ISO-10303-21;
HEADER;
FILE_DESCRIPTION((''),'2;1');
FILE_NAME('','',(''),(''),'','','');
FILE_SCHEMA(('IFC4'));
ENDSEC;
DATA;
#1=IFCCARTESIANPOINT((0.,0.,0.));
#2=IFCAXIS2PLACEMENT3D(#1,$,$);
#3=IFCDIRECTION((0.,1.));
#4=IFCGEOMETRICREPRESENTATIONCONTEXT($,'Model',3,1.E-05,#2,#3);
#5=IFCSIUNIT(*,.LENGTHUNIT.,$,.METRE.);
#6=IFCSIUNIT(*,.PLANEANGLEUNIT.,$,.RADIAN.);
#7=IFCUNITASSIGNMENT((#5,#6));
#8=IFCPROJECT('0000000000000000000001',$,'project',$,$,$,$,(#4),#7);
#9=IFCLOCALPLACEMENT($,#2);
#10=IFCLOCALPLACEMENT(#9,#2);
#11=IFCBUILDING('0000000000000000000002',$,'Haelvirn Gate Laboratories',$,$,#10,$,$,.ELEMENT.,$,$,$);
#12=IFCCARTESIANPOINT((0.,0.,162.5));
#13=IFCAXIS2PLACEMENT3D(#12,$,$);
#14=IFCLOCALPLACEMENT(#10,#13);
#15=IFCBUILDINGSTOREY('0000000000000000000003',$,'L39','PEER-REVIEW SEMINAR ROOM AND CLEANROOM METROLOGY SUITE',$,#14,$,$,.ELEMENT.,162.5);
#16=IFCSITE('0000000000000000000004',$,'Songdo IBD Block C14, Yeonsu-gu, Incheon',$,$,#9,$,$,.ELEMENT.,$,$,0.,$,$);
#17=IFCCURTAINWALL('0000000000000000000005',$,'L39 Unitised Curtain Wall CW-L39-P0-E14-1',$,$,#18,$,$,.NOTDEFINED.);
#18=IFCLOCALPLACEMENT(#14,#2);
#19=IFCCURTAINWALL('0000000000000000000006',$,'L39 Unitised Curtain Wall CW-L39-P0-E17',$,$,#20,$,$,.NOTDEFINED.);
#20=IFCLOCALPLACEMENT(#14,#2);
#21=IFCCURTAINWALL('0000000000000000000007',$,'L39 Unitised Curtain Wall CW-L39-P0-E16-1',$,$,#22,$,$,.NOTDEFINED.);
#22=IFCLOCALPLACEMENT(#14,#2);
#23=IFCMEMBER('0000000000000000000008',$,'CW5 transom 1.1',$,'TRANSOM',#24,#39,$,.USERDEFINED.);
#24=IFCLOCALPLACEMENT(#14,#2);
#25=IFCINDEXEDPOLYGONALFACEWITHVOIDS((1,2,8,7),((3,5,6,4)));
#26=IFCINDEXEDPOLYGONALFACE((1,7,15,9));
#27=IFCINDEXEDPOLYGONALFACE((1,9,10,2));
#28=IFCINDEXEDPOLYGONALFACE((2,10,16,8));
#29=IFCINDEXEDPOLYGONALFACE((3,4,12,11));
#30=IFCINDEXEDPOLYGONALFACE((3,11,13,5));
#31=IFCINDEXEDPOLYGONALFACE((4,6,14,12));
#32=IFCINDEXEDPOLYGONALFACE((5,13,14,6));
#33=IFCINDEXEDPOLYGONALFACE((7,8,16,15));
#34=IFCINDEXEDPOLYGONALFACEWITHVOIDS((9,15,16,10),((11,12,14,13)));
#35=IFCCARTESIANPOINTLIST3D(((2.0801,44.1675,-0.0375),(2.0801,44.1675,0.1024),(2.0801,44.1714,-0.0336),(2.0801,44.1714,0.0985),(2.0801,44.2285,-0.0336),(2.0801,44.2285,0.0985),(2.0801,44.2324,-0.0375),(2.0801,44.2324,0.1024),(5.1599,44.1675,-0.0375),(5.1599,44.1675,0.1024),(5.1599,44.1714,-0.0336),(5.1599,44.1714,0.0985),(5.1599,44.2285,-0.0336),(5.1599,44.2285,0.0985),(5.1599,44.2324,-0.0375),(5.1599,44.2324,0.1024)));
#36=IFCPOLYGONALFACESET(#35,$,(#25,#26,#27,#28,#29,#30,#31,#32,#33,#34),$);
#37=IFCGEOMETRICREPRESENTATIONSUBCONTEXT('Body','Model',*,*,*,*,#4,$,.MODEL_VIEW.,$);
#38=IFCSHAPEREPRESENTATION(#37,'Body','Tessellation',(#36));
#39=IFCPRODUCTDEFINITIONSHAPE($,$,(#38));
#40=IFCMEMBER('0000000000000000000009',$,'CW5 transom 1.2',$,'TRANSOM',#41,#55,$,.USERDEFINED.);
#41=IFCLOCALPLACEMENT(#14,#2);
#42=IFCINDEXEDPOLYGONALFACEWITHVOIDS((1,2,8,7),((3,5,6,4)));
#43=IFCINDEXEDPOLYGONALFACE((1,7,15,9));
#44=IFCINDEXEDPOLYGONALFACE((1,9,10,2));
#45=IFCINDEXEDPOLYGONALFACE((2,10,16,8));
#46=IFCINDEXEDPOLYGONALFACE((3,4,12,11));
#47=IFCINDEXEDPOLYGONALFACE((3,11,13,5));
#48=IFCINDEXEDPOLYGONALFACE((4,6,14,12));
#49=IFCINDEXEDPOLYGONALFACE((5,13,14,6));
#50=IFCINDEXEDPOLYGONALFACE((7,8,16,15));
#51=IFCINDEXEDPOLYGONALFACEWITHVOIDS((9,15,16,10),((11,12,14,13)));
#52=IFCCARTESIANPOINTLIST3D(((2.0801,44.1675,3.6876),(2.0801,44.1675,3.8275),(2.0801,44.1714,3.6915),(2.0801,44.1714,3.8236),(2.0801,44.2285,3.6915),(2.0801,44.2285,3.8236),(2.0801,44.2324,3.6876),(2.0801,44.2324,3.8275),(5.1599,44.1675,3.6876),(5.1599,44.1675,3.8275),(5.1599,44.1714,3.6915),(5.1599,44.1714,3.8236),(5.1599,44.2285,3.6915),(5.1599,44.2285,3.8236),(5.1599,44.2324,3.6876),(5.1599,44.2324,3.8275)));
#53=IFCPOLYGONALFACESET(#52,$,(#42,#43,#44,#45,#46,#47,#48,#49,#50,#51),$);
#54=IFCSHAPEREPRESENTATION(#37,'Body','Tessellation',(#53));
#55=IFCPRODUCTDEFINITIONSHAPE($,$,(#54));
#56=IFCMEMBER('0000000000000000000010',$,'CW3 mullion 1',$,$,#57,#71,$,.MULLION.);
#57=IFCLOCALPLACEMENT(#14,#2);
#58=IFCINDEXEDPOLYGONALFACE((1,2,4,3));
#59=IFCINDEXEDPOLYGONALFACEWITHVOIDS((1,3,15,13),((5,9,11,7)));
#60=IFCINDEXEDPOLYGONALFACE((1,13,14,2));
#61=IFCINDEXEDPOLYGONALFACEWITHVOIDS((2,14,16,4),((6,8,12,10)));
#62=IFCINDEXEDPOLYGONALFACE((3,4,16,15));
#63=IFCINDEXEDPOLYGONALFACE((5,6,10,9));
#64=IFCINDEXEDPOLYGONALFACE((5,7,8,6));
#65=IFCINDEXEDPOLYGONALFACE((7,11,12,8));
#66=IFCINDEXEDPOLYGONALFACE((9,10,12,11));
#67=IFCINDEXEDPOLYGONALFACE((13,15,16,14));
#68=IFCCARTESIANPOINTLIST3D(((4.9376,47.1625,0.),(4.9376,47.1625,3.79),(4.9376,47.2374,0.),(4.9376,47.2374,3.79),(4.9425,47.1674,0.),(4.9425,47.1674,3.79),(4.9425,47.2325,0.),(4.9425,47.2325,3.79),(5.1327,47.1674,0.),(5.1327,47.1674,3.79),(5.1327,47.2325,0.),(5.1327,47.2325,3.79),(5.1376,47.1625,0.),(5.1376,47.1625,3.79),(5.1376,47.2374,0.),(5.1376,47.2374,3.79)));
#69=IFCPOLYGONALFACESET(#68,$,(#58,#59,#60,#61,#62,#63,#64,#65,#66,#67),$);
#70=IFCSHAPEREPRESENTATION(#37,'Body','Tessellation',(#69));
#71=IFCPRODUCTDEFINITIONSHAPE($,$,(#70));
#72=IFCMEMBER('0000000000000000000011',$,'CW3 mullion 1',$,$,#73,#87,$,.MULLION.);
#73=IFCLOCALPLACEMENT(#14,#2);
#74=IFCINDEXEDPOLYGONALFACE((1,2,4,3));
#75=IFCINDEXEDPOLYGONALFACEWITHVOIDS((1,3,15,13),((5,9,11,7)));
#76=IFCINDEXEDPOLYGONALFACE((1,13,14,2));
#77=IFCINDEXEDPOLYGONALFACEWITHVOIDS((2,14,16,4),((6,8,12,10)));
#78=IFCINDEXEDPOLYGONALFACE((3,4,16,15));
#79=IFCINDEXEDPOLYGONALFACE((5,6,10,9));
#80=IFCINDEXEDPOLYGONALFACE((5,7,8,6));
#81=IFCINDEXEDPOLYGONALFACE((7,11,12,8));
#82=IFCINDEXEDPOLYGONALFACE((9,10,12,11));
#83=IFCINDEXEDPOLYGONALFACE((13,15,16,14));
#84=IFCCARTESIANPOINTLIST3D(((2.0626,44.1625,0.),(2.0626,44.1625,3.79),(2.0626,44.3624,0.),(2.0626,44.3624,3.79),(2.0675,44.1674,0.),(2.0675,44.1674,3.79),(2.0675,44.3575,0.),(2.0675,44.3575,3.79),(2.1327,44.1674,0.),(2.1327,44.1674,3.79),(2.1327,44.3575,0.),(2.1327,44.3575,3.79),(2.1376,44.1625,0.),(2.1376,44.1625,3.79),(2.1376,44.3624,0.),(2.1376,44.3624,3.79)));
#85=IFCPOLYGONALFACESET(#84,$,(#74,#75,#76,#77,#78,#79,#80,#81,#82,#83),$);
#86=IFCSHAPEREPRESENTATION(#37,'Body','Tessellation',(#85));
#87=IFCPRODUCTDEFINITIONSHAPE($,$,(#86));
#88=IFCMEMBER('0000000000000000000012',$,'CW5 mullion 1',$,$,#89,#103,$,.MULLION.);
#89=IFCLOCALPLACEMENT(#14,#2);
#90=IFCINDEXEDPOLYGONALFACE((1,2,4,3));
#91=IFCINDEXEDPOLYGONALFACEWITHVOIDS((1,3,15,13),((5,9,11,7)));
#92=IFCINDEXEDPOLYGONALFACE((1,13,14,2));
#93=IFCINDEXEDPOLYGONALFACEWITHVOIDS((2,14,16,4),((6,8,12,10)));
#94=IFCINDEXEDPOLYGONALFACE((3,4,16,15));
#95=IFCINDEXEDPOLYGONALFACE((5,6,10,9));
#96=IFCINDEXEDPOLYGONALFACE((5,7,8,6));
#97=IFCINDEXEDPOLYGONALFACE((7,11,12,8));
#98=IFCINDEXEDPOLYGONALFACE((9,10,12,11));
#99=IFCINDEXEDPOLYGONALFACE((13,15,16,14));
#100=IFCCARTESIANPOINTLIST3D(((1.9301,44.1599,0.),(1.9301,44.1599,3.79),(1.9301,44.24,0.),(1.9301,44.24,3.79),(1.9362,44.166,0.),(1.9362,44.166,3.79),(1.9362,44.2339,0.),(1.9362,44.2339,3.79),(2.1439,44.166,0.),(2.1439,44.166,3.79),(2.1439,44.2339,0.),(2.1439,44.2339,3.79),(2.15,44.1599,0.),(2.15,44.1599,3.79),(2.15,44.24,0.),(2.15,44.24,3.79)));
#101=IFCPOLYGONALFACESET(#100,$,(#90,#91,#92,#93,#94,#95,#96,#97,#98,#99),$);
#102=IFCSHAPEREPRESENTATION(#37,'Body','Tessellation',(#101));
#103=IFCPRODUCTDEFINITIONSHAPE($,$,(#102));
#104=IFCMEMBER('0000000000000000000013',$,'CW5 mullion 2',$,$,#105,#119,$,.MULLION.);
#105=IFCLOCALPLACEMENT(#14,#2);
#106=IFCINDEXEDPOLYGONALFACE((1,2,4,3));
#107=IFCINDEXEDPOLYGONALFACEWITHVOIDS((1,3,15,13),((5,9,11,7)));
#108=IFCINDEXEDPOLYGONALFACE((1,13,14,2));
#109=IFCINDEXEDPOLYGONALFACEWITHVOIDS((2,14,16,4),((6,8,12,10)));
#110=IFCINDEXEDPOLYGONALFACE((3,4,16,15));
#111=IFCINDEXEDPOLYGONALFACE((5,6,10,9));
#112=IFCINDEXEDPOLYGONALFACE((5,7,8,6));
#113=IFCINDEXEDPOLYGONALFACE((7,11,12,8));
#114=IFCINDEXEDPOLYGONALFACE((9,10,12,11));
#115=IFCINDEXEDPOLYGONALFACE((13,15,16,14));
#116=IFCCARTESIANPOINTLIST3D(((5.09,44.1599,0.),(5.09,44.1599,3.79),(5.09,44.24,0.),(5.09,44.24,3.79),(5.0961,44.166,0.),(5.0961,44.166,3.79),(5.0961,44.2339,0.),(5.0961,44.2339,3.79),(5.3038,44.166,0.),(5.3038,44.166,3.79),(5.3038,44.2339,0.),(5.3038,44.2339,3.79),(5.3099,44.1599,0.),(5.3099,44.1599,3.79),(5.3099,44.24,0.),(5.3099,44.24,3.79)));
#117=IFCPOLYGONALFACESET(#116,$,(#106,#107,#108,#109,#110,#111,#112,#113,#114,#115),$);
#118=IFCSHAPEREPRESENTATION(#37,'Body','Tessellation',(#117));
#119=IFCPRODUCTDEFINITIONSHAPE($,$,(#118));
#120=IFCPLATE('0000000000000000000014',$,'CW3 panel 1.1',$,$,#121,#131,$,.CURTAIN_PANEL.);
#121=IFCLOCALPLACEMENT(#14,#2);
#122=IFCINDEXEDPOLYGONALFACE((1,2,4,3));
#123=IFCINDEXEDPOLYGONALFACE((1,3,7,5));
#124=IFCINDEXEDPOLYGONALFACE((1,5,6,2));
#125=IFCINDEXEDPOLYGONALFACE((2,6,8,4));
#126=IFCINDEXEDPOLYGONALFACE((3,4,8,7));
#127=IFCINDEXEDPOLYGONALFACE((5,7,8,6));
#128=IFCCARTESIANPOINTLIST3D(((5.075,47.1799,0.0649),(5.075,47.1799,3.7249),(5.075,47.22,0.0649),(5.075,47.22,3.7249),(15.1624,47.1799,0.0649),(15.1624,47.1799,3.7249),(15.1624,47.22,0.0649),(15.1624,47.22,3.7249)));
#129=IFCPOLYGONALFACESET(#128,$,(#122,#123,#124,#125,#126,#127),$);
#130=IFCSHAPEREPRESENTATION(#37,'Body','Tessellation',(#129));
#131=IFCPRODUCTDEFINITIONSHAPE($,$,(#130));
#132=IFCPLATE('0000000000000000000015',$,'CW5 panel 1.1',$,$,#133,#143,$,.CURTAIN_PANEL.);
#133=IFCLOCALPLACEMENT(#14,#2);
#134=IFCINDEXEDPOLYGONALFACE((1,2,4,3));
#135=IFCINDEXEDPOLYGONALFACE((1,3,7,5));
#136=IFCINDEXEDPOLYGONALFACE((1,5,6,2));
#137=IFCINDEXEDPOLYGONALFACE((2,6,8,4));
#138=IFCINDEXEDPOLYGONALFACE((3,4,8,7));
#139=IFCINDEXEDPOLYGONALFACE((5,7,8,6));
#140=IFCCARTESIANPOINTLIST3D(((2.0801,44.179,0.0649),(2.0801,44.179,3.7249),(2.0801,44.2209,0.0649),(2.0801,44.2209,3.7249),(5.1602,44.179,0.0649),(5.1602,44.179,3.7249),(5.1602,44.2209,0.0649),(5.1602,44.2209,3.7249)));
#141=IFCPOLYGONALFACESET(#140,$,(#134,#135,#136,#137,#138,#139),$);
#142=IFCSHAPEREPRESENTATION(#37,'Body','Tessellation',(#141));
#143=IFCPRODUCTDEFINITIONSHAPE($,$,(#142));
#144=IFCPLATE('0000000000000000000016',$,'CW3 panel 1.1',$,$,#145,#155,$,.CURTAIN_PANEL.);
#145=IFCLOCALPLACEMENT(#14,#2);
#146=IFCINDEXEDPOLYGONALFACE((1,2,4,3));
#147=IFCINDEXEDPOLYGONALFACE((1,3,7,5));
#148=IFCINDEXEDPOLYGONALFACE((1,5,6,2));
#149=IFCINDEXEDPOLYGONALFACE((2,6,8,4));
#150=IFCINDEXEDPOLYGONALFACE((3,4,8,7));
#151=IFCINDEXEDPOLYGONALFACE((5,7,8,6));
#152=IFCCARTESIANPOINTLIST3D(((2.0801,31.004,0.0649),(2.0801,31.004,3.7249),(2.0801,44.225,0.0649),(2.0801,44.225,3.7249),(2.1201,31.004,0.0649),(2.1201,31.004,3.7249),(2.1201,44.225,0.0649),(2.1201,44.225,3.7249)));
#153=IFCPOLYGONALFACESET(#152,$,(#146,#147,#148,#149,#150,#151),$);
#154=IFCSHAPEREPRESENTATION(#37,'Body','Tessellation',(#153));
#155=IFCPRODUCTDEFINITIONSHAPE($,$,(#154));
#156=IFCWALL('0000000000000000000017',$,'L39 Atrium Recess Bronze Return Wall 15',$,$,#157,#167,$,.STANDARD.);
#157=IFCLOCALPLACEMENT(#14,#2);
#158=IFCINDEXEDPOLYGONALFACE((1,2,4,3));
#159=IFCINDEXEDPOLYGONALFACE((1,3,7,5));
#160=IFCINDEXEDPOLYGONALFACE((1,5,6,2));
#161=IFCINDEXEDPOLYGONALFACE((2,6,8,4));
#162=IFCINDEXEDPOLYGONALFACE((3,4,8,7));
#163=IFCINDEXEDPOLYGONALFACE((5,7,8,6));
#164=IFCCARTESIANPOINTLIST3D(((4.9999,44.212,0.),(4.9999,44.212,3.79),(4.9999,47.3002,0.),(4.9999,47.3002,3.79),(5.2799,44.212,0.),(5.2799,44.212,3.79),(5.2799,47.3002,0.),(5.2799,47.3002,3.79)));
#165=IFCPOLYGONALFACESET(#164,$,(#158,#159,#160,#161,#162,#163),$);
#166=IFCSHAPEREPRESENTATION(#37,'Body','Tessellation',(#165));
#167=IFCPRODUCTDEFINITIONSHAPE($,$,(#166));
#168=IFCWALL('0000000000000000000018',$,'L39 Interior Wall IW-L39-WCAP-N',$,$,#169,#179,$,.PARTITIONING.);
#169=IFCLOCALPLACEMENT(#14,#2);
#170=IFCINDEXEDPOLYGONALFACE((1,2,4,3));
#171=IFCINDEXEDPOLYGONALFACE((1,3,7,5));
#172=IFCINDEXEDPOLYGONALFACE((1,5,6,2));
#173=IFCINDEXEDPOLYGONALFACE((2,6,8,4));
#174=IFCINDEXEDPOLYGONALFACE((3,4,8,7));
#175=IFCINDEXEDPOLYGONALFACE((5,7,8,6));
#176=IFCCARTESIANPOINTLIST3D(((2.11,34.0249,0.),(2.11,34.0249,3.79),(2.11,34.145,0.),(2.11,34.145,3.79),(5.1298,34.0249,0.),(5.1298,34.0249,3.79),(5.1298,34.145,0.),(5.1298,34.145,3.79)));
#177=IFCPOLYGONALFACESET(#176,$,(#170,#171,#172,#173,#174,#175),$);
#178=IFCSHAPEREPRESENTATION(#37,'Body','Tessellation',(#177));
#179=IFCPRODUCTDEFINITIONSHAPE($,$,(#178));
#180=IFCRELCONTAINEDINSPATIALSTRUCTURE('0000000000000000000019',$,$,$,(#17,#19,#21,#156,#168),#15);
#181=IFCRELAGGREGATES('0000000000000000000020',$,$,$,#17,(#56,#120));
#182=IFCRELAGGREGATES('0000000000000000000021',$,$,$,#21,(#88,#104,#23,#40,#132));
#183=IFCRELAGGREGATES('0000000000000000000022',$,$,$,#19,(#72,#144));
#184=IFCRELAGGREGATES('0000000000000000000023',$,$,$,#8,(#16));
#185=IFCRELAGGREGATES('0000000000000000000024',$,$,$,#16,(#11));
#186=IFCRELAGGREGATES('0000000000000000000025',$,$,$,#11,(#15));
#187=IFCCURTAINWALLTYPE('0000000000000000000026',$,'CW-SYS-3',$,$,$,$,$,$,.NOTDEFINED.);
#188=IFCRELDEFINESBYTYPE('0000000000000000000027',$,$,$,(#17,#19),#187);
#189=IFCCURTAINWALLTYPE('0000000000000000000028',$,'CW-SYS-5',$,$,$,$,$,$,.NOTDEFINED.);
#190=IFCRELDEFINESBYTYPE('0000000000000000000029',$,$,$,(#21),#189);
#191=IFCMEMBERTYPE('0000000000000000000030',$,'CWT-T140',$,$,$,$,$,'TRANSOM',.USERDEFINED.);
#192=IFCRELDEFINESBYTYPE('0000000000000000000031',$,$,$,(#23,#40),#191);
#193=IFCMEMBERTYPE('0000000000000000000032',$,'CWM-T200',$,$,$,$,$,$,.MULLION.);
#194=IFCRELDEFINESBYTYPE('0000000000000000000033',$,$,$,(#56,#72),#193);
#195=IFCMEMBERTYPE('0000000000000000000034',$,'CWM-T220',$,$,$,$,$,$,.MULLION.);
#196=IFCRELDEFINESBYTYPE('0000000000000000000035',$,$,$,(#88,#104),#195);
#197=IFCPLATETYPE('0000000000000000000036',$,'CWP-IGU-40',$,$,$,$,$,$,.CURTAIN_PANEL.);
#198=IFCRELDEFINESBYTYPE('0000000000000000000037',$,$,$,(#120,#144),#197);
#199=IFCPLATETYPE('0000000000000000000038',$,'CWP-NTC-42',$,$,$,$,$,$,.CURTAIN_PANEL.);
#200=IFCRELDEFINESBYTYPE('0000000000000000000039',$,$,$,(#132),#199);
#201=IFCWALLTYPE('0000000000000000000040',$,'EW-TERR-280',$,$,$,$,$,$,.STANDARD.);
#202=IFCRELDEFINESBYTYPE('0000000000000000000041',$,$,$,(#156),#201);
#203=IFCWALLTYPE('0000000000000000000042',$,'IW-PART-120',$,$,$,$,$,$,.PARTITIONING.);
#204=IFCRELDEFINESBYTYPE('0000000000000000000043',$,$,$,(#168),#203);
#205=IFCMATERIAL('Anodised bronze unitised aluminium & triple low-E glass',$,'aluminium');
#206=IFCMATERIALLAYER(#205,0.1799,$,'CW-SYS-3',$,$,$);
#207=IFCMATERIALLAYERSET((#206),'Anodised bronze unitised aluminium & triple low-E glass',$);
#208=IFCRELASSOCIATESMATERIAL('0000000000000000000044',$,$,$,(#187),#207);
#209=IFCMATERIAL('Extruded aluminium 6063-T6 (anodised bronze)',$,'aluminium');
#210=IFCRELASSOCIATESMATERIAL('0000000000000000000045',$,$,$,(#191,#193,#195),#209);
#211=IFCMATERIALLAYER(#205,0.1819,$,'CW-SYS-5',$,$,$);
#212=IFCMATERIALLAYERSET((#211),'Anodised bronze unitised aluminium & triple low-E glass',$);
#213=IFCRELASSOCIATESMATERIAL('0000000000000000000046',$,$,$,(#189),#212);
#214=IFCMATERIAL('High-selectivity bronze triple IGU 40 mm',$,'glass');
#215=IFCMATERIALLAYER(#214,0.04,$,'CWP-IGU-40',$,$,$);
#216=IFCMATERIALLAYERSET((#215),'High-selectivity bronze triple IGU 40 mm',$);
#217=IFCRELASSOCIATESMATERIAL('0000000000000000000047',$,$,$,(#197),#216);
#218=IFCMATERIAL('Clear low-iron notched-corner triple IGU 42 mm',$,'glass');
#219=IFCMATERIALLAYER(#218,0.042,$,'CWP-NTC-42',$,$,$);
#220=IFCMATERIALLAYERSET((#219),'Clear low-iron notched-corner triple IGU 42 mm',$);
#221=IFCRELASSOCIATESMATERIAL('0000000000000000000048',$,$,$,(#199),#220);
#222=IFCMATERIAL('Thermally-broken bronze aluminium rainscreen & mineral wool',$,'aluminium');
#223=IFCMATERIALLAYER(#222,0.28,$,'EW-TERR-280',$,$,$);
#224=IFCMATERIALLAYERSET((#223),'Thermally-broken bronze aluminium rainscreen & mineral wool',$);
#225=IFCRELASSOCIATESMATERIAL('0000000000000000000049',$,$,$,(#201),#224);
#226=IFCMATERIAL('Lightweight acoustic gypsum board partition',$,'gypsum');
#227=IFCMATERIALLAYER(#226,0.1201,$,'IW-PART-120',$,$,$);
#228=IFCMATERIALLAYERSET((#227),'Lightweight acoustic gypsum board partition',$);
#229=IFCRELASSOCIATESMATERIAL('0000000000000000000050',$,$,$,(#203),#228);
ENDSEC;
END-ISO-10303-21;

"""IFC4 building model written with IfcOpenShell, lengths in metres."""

from ifc_helpers import new_model, si_unit, direction, frame, frame_2d, origin, origin_2d, place, context, subcontext, project, spatial, rectangle, hollow_rectangle, extrude, source, transform, mapped, material, layer, layer_set, material_profile, profile_set, type_object, type_shapes, element, aggregate, save


model = new_model("IFC4")

# Units and contexts
model_context = context("Model", 3, precision=1e-05, world=origin(), true_north=direction((0.0, 1.0)))
body_context = subcontext(model_context, "Body", "Model", "MODEL_VIEW")
ifc_project = project(units=[si_unit("LENGTHUNIT", "METRE"), si_unit("PLANEANGLEUNIT", "RADIAN")], contexts=[model_context])

# Site, building, storey
site_placement = place(None, origin())
site = spatial("IfcSite", under=ifc_project, at=site_placement, Name="Songdo IBD Block C14, Yeonsu-gu, Incheon", CompositionType="ELEMENT", RefElevation=0.0)
building_placement = place(site_placement, origin())
building = spatial("IfcBuilding", under=site, at=building_placement, Name="Haelvirn Gate Laboratories", CompositionType="ELEMENT")
storey_placement = place(building_placement, frame((0.0, 0.0, 162.5)))
storey = spatial("IfcBuildingStorey", under=building, at=storey_placement, Name="L39", Description="PEER-REVIEW SEMINAR ROOM AND CLEANROOM METROLOGY SUITE", CompositionType="ELEMENT", Elevation=162.5)

# Curtain walls, members
ifc_material_1 = material(Name="Anodised bronze unitised aluminium & triple low-E glass", Category="aluminium")
ifc_layer_1 = layer(ifc_material_1, 0.1799, Name="CW-SYS-3")
ifc_layer_set_1 = layer_set([ifc_layer_1], Name="Anodised bronze unitised aluminium & triple low-E glass")
curtain_wall_type_1 = type_object("IfcCurtainWallType", Name="CW-SYS-3", PredefinedType="NOTDEFINED", material=ifc_layer_set_1)
curtain_wall_1_placement = place(storey_placement, origin())
curtain_wall_1 = element("IfcCurtainWall", 1, at=curtain_wall_1_placement, inside=storey, type_object=curtain_wall_type_1, Name="L39 Unitised Curtain Wall CW-L39-P0-E14-1", PredefinedType="NOTDEFINED")
ifc_material_2 = material(Name="Extruded aluminium 6063-T6 (anodised bronze)", Category="aluminium")
ifc_material_profile_1 = material_profile(ifc_material_2, hollow_rectangle(XDim=0.0649, YDim=0.1399, WallThickness=0.0039, at=origin_2d()), Name="CWT-140x65x4")
ifc_profile_set_1 = profile_set([ifc_material_profile_1], Name="Extruded aluminium 6063-T6 (anodised bronze)")
member_type_1 = type_object("IfcMemberType", Name="CWT-T140", ElementType="TRANSOM", PredefinedType="USERDEFINED", material=ifc_profile_set_1)
curtain_wall_2_placement = place(storey_placement, origin())
curtain_wall_2 = element("IfcCurtainWall", 2, at=curtain_wall_2_placement, inside=storey, type_object=curtain_wall_type_1, Name="L39 Unitised Curtain Wall CW-L39-P0-E17", PredefinedType="NOTDEFINED")
ifc_layer_2 = layer(ifc_material_1, 0.1819, Name="CW-SYS-5")
ifc_layer_set_2 = layer_set([ifc_layer_2], Name="Anodised bronze unitised aluminium & triple low-E glass")
curtain_wall_type_2 = type_object("IfcCurtainWallType", Name="CW-SYS-5", PredefinedType="NOTDEFINED", material=ifc_layer_set_2)
curtain_wall_3_placement = place(storey_placement, origin())
curtain_wall_3 = element("IfcCurtainWall", 3, at=curtain_wall_3_placement, inside=storey, type_object=curtain_wall_type_2, Name="L39 Unitised Curtain Wall CW-L39-P0-E16-1", PredefinedType="NOTDEFINED")
shared_shape_1 = source(origin(), body_context, "Body", "SweptSolid", [
    extrude(hollow_rectangle(XDim=0.0649, YDim=0.1399, WallThickness=0.0039, at=origin_2d()), origin(), (0.0, 0.0, 1.0), 3.0798),
])
member_1_placement = place(storey_placement, frame((2.0801, 44.2, 0.0325), z_axis=(1.0, 0.0, 0.0), x_axis=(0.0, 1.0, 0.0)))
member_1 = element("IfcMember", 4, at=member_1_placement, type_object=member_type_1, Name="CW5 transom 1.1", ObjectType="TRANSOM", PredefinedType="USERDEFINED", context=body_context, shape_type="MappedRepresentation", body=[
    mapped(shared_shape_1, transform((0.0, 0.0, 0.0), scale=1.0)),
])
member_2_placement = place(storey_placement, frame((2.0801, 44.2, 3.7576), z_axis=(1.0, 0.0, 0.0), x_axis=(0.0, 1.0, 0.0)))
member_2 = element("IfcMember", 5, at=member_2_placement, type_object=member_type_1, Name="CW5 transom 1.2", ObjectType="TRANSOM", PredefinedType="USERDEFINED", context=body_context, shape_type="MappedRepresentation", body=[
    mapped(shared_shape_1, transform((0.0, 0.0, 0.0), scale=1.0)),
])

# Members
ifc_material_profile_2 = material_profile(ifc_material_2, hollow_rectangle(XDim=0.075, YDim=0.2, WallThickness=0.0049, at=origin_2d()), Name="CWM-200x75x5")
ifc_profile_set_2 = profile_set([ifc_material_profile_2], Name="Extruded aluminium 6063-T6 (anodised bronze)")
member_type_2 = type_object("IfcMemberType", Name="CWM-T200", PredefinedType="MULLION", material=ifc_profile_set_2)
shared_shape_2 = source(origin(), body_context, "Body", "SweptSolid", [
    extrude(hollow_rectangle(XDim=0.075, YDim=0.2, WallThickness=0.0049, at=origin_2d()), origin(), (0.0, 0.0, 1.0), 3.79),
])
type_shapes(member_type_2, [shared_shape_2])
member_3_placement = place(storey_placement, frame((5.0376, 47.2, 0.0), z_axis=(0.0, 0.0, 1.0), x_axis=(0.0, 1.0, 0.0)))
member_3 = element("IfcMember", 6, at=member_3_placement, type_object=member_type_2, Name="CW3 mullion 1", PredefinedType="MULLION", context=body_context, shape_type="MappedRepresentation", body=[
    mapped(shared_shape_2, transform((0.0, 0.0, 0.0), scale=1.0)),
])
member_4_placement = place(storey_placement, frame((2.1001, 44.2625, 0.0), z_axis=(0.0, 0.0, 1.0), x_axis=(1.0, 0.0, 0.0)))
member_4 = element("IfcMember", 7, at=member_4_placement, type_object=member_type_2, Name="CW3 mullion 1", PredefinedType="MULLION", context=body_context, shape_type="MappedRepresentation", body=[
    mapped(shared_shape_2, transform((0.0, 0.0, 0.0), scale=1.0)),
])
ifc_material_profile_3 = material_profile(ifc_material_2, hollow_rectangle(XDim=0.0801, YDim=0.22, WallThickness=0.0061, at=origin_2d()), Name="CWM-220x80x6")
ifc_profile_set_3 = profile_set([ifc_material_profile_3], Name="Extruded aluminium 6063-T6 (anodised bronze)")
member_type_3 = type_object("IfcMemberType", Name="CWM-T220", PredefinedType="MULLION", material=ifc_profile_set_3)
shared_shape_3 = source(origin(), body_context, "Body", "SweptSolid", [
    extrude(hollow_rectangle(XDim=0.0801, YDim=0.22, WallThickness=0.0061, at=origin_2d()), origin(), (0.0, 0.0, 1.0), 3.79),
])
type_shapes(member_type_3, [shared_shape_3])
member_5_placement = place(storey_placement, frame((2.04, 44.2, 0.0), z_axis=(0.0, 0.0, 1.0), x_axis=(0.0, 1.0, 0.0)))
member_5 = element("IfcMember", 8, at=member_5_placement, type_object=member_type_3, Name="CW5 mullion 1", PredefinedType="MULLION", context=body_context, shape_type="MappedRepresentation", body=[
    mapped(shared_shape_3, transform((0.0, 0.0, 0.0), scale=1.0)),
])
member_6_placement = place(storey_placement, frame((5.2, 44.2, 0.0), z_axis=(0.0, 0.0, 1.0), x_axis=(0.0, 1.0, 0.0)))
member_6 = element("IfcMember", 9, at=member_6_placement, type_object=member_type_3, Name="CW5 mullion 2", PredefinedType="MULLION", context=body_context, shape_type="MappedRepresentation", body=[
    mapped(shared_shape_3, transform((0.0, 0.0, 0.0), scale=1.0)),
])

# Plates
ifc_material_3 = material(Name="High-selectivity bronze triple IGU 40 mm", Category="glass")
ifc_layer_3 = layer(ifc_material_3, 0.04, Name="CWP-IGU-40")
ifc_layer_set_3 = layer_set([ifc_layer_3], Name="High-selectivity bronze triple IGU 40 mm")
plate_type_1 = type_object("IfcPlateType", Name="CWP-IGU-40", PredefinedType="CURTAIN_PANEL", material=ifc_layer_set_3)
shared_shape_4 = source(origin(), body_context, "Body", "SweptSolid", [
    extrude(rectangle(XDim=10.0874, YDim=0.04, at=origin_2d()), origin(), (0.0, 0.0, 1.0), 3.6599),
])
plate_1_placement = place(storey_placement, frame((10.1187, 47.2, 0.0649), z_axis=(0.0, 0.0, 1.0), x_axis=(1.0, 0.0, 0.0)))
plate_1 = element("IfcPlate", 10, at=plate_1_placement, type_object=plate_type_1, Name="CW3 panel 1.1", PredefinedType="CURTAIN_PANEL", context=body_context, shape_type="MappedRepresentation", body=[
    mapped(shared_shape_4, transform((0.0, 0.0, 0.0), scale=1.0)),
])
aggregate(curtain_wall_1, [member_3, plate_1])
ifc_material_4 = material(Name="Clear low-iron notched-corner triple IGU 42 mm", Category="glass")
ifc_layer_4 = layer(ifc_material_4, 0.042, Name="CWP-NTC-42")
ifc_layer_set_4 = layer_set([ifc_layer_4], Name="Clear low-iron notched-corner triple IGU 42 mm")
plate_type_2 = type_object("IfcPlateType", Name="CWP-NTC-42", PredefinedType="CURTAIN_PANEL", material=ifc_layer_set_4)
shared_shape_5 = source(origin(), body_context, "Body", "SweptSolid", [
    extrude(rectangle(XDim=3.0801, YDim=0.042, at=origin_2d()), origin(), (0.0, 0.0, 1.0), 3.6599),
])
type_shapes(plate_type_2, [shared_shape_5])
plate_2_placement = place(storey_placement, frame((3.6201, 44.2, 0.0649), z_axis=(0.0, 0.0, 1.0), x_axis=(1.0, 0.0, 0.0)))
plate_2 = element("IfcPlate", 11, at=plate_2_placement, type_object=plate_type_2, Name="CW5 panel 1.1", PredefinedType="CURTAIN_PANEL", context=body_context, shape_type="MappedRepresentation", body=[
    mapped(shared_shape_5, transform((0.0, 0.0, 0.0), scale=1.0)),
])
aggregate(curtain_wall_3, [member_5, member_6, member_1, member_2, plate_2])
shared_shape_6 = source(origin(), body_context, "Body", "SweptSolid", [
    extrude(rectangle(XDim=13.2209, YDim=0.04, at=origin_2d()), origin(), (0.0, 0.0, 1.0), 3.6599),
])
type_shapes(plate_type_1, [shared_shape_4, shared_shape_6])
plate_3_placement = place(storey_placement, frame((2.1001, 37.6145, 0.0649), z_axis=(0.0, 0.0, 1.0), x_axis=(0.0, -1.0, 0.0)))
plate_3 = element("IfcPlate", 12, at=plate_3_placement, type_object=plate_type_1, Name="CW3 panel 1.1", PredefinedType="CURTAIN_PANEL", context=body_context, shape_type="MappedRepresentation", body=[
    mapped(shared_shape_6, transform((0.0, 0.0, 0.0), scale=1.0)),
])
aggregate(curtain_wall_2, [member_4, plate_3])

# Walls
ifc_material_5 = material(Name="Thermally-broken bronze aluminium rainscreen & mineral wool", Category="aluminium")
ifc_layer_5 = layer(ifc_material_5, 0.28, Name="EW-TERR-280")
ifc_layer_set_5 = layer_set([ifc_layer_5], Name="Thermally-broken bronze aluminium rainscreen & mineral wool")
wall_type_1 = type_object("IfcWallType", Name="EW-TERR-280", PredefinedType="STANDARD", material=ifc_layer_set_5)
wall_1_placement = place(storey_placement, frame((5.1399, 47.3, 0.0), z_axis=(0.0, 0.0, 1.0), x_axis=(0.0, -1.0, 0.0)))
element("IfcWall", 13, at=wall_1_placement, inside=storey, type_object=wall_type_1, Name="L39 Atrium Recess Bronze Return Wall 15", PredefinedType="STANDARD", context=body_context, shape_type="SweptSolid", body=[
    extrude(rectangle(XDim=3.0881, YDim=0.28, at=frame_2d((1.5439, 0.0))), origin(), (0.0, 0.0, 1.0), 3.79),
])
ifc_material_6 = material(Name="Lightweight acoustic gypsum board partition", Category="gypsum")
ifc_layer_6 = layer(ifc_material_6, 0.1201, Name="IW-PART-120")
ifc_layer_set_6 = layer_set([ifc_layer_6], Name="Lightweight acoustic gypsum board partition")
wall_type_2 = type_object("IfcWallType", Name="IW-PART-120", PredefinedType="PARTITIONING", material=ifc_layer_set_6)
wall_2_placement = place(storey_placement, frame((2.1101, 34.085, 0.0), z_axis=(0.0, 0.0, 1.0), x_axis=(1.0, 0.0, 0.0)))
element("IfcWall", 14, at=wall_2_placement, inside=storey, type_object=wall_type_2, Name="L39 Interior Wall IW-L39-WCAP-N", PredefinedType="PARTITIONING", context=body_context, shape_type="SweptSolid", body=[
    extrude(rectangle(XDim=3.0198, YDim=0.1201, at=frame_2d((1.5098, 0.0))), origin(), (0.0, 0.0, 1.0), 3.79),
])

save(model, "model.ifc")
